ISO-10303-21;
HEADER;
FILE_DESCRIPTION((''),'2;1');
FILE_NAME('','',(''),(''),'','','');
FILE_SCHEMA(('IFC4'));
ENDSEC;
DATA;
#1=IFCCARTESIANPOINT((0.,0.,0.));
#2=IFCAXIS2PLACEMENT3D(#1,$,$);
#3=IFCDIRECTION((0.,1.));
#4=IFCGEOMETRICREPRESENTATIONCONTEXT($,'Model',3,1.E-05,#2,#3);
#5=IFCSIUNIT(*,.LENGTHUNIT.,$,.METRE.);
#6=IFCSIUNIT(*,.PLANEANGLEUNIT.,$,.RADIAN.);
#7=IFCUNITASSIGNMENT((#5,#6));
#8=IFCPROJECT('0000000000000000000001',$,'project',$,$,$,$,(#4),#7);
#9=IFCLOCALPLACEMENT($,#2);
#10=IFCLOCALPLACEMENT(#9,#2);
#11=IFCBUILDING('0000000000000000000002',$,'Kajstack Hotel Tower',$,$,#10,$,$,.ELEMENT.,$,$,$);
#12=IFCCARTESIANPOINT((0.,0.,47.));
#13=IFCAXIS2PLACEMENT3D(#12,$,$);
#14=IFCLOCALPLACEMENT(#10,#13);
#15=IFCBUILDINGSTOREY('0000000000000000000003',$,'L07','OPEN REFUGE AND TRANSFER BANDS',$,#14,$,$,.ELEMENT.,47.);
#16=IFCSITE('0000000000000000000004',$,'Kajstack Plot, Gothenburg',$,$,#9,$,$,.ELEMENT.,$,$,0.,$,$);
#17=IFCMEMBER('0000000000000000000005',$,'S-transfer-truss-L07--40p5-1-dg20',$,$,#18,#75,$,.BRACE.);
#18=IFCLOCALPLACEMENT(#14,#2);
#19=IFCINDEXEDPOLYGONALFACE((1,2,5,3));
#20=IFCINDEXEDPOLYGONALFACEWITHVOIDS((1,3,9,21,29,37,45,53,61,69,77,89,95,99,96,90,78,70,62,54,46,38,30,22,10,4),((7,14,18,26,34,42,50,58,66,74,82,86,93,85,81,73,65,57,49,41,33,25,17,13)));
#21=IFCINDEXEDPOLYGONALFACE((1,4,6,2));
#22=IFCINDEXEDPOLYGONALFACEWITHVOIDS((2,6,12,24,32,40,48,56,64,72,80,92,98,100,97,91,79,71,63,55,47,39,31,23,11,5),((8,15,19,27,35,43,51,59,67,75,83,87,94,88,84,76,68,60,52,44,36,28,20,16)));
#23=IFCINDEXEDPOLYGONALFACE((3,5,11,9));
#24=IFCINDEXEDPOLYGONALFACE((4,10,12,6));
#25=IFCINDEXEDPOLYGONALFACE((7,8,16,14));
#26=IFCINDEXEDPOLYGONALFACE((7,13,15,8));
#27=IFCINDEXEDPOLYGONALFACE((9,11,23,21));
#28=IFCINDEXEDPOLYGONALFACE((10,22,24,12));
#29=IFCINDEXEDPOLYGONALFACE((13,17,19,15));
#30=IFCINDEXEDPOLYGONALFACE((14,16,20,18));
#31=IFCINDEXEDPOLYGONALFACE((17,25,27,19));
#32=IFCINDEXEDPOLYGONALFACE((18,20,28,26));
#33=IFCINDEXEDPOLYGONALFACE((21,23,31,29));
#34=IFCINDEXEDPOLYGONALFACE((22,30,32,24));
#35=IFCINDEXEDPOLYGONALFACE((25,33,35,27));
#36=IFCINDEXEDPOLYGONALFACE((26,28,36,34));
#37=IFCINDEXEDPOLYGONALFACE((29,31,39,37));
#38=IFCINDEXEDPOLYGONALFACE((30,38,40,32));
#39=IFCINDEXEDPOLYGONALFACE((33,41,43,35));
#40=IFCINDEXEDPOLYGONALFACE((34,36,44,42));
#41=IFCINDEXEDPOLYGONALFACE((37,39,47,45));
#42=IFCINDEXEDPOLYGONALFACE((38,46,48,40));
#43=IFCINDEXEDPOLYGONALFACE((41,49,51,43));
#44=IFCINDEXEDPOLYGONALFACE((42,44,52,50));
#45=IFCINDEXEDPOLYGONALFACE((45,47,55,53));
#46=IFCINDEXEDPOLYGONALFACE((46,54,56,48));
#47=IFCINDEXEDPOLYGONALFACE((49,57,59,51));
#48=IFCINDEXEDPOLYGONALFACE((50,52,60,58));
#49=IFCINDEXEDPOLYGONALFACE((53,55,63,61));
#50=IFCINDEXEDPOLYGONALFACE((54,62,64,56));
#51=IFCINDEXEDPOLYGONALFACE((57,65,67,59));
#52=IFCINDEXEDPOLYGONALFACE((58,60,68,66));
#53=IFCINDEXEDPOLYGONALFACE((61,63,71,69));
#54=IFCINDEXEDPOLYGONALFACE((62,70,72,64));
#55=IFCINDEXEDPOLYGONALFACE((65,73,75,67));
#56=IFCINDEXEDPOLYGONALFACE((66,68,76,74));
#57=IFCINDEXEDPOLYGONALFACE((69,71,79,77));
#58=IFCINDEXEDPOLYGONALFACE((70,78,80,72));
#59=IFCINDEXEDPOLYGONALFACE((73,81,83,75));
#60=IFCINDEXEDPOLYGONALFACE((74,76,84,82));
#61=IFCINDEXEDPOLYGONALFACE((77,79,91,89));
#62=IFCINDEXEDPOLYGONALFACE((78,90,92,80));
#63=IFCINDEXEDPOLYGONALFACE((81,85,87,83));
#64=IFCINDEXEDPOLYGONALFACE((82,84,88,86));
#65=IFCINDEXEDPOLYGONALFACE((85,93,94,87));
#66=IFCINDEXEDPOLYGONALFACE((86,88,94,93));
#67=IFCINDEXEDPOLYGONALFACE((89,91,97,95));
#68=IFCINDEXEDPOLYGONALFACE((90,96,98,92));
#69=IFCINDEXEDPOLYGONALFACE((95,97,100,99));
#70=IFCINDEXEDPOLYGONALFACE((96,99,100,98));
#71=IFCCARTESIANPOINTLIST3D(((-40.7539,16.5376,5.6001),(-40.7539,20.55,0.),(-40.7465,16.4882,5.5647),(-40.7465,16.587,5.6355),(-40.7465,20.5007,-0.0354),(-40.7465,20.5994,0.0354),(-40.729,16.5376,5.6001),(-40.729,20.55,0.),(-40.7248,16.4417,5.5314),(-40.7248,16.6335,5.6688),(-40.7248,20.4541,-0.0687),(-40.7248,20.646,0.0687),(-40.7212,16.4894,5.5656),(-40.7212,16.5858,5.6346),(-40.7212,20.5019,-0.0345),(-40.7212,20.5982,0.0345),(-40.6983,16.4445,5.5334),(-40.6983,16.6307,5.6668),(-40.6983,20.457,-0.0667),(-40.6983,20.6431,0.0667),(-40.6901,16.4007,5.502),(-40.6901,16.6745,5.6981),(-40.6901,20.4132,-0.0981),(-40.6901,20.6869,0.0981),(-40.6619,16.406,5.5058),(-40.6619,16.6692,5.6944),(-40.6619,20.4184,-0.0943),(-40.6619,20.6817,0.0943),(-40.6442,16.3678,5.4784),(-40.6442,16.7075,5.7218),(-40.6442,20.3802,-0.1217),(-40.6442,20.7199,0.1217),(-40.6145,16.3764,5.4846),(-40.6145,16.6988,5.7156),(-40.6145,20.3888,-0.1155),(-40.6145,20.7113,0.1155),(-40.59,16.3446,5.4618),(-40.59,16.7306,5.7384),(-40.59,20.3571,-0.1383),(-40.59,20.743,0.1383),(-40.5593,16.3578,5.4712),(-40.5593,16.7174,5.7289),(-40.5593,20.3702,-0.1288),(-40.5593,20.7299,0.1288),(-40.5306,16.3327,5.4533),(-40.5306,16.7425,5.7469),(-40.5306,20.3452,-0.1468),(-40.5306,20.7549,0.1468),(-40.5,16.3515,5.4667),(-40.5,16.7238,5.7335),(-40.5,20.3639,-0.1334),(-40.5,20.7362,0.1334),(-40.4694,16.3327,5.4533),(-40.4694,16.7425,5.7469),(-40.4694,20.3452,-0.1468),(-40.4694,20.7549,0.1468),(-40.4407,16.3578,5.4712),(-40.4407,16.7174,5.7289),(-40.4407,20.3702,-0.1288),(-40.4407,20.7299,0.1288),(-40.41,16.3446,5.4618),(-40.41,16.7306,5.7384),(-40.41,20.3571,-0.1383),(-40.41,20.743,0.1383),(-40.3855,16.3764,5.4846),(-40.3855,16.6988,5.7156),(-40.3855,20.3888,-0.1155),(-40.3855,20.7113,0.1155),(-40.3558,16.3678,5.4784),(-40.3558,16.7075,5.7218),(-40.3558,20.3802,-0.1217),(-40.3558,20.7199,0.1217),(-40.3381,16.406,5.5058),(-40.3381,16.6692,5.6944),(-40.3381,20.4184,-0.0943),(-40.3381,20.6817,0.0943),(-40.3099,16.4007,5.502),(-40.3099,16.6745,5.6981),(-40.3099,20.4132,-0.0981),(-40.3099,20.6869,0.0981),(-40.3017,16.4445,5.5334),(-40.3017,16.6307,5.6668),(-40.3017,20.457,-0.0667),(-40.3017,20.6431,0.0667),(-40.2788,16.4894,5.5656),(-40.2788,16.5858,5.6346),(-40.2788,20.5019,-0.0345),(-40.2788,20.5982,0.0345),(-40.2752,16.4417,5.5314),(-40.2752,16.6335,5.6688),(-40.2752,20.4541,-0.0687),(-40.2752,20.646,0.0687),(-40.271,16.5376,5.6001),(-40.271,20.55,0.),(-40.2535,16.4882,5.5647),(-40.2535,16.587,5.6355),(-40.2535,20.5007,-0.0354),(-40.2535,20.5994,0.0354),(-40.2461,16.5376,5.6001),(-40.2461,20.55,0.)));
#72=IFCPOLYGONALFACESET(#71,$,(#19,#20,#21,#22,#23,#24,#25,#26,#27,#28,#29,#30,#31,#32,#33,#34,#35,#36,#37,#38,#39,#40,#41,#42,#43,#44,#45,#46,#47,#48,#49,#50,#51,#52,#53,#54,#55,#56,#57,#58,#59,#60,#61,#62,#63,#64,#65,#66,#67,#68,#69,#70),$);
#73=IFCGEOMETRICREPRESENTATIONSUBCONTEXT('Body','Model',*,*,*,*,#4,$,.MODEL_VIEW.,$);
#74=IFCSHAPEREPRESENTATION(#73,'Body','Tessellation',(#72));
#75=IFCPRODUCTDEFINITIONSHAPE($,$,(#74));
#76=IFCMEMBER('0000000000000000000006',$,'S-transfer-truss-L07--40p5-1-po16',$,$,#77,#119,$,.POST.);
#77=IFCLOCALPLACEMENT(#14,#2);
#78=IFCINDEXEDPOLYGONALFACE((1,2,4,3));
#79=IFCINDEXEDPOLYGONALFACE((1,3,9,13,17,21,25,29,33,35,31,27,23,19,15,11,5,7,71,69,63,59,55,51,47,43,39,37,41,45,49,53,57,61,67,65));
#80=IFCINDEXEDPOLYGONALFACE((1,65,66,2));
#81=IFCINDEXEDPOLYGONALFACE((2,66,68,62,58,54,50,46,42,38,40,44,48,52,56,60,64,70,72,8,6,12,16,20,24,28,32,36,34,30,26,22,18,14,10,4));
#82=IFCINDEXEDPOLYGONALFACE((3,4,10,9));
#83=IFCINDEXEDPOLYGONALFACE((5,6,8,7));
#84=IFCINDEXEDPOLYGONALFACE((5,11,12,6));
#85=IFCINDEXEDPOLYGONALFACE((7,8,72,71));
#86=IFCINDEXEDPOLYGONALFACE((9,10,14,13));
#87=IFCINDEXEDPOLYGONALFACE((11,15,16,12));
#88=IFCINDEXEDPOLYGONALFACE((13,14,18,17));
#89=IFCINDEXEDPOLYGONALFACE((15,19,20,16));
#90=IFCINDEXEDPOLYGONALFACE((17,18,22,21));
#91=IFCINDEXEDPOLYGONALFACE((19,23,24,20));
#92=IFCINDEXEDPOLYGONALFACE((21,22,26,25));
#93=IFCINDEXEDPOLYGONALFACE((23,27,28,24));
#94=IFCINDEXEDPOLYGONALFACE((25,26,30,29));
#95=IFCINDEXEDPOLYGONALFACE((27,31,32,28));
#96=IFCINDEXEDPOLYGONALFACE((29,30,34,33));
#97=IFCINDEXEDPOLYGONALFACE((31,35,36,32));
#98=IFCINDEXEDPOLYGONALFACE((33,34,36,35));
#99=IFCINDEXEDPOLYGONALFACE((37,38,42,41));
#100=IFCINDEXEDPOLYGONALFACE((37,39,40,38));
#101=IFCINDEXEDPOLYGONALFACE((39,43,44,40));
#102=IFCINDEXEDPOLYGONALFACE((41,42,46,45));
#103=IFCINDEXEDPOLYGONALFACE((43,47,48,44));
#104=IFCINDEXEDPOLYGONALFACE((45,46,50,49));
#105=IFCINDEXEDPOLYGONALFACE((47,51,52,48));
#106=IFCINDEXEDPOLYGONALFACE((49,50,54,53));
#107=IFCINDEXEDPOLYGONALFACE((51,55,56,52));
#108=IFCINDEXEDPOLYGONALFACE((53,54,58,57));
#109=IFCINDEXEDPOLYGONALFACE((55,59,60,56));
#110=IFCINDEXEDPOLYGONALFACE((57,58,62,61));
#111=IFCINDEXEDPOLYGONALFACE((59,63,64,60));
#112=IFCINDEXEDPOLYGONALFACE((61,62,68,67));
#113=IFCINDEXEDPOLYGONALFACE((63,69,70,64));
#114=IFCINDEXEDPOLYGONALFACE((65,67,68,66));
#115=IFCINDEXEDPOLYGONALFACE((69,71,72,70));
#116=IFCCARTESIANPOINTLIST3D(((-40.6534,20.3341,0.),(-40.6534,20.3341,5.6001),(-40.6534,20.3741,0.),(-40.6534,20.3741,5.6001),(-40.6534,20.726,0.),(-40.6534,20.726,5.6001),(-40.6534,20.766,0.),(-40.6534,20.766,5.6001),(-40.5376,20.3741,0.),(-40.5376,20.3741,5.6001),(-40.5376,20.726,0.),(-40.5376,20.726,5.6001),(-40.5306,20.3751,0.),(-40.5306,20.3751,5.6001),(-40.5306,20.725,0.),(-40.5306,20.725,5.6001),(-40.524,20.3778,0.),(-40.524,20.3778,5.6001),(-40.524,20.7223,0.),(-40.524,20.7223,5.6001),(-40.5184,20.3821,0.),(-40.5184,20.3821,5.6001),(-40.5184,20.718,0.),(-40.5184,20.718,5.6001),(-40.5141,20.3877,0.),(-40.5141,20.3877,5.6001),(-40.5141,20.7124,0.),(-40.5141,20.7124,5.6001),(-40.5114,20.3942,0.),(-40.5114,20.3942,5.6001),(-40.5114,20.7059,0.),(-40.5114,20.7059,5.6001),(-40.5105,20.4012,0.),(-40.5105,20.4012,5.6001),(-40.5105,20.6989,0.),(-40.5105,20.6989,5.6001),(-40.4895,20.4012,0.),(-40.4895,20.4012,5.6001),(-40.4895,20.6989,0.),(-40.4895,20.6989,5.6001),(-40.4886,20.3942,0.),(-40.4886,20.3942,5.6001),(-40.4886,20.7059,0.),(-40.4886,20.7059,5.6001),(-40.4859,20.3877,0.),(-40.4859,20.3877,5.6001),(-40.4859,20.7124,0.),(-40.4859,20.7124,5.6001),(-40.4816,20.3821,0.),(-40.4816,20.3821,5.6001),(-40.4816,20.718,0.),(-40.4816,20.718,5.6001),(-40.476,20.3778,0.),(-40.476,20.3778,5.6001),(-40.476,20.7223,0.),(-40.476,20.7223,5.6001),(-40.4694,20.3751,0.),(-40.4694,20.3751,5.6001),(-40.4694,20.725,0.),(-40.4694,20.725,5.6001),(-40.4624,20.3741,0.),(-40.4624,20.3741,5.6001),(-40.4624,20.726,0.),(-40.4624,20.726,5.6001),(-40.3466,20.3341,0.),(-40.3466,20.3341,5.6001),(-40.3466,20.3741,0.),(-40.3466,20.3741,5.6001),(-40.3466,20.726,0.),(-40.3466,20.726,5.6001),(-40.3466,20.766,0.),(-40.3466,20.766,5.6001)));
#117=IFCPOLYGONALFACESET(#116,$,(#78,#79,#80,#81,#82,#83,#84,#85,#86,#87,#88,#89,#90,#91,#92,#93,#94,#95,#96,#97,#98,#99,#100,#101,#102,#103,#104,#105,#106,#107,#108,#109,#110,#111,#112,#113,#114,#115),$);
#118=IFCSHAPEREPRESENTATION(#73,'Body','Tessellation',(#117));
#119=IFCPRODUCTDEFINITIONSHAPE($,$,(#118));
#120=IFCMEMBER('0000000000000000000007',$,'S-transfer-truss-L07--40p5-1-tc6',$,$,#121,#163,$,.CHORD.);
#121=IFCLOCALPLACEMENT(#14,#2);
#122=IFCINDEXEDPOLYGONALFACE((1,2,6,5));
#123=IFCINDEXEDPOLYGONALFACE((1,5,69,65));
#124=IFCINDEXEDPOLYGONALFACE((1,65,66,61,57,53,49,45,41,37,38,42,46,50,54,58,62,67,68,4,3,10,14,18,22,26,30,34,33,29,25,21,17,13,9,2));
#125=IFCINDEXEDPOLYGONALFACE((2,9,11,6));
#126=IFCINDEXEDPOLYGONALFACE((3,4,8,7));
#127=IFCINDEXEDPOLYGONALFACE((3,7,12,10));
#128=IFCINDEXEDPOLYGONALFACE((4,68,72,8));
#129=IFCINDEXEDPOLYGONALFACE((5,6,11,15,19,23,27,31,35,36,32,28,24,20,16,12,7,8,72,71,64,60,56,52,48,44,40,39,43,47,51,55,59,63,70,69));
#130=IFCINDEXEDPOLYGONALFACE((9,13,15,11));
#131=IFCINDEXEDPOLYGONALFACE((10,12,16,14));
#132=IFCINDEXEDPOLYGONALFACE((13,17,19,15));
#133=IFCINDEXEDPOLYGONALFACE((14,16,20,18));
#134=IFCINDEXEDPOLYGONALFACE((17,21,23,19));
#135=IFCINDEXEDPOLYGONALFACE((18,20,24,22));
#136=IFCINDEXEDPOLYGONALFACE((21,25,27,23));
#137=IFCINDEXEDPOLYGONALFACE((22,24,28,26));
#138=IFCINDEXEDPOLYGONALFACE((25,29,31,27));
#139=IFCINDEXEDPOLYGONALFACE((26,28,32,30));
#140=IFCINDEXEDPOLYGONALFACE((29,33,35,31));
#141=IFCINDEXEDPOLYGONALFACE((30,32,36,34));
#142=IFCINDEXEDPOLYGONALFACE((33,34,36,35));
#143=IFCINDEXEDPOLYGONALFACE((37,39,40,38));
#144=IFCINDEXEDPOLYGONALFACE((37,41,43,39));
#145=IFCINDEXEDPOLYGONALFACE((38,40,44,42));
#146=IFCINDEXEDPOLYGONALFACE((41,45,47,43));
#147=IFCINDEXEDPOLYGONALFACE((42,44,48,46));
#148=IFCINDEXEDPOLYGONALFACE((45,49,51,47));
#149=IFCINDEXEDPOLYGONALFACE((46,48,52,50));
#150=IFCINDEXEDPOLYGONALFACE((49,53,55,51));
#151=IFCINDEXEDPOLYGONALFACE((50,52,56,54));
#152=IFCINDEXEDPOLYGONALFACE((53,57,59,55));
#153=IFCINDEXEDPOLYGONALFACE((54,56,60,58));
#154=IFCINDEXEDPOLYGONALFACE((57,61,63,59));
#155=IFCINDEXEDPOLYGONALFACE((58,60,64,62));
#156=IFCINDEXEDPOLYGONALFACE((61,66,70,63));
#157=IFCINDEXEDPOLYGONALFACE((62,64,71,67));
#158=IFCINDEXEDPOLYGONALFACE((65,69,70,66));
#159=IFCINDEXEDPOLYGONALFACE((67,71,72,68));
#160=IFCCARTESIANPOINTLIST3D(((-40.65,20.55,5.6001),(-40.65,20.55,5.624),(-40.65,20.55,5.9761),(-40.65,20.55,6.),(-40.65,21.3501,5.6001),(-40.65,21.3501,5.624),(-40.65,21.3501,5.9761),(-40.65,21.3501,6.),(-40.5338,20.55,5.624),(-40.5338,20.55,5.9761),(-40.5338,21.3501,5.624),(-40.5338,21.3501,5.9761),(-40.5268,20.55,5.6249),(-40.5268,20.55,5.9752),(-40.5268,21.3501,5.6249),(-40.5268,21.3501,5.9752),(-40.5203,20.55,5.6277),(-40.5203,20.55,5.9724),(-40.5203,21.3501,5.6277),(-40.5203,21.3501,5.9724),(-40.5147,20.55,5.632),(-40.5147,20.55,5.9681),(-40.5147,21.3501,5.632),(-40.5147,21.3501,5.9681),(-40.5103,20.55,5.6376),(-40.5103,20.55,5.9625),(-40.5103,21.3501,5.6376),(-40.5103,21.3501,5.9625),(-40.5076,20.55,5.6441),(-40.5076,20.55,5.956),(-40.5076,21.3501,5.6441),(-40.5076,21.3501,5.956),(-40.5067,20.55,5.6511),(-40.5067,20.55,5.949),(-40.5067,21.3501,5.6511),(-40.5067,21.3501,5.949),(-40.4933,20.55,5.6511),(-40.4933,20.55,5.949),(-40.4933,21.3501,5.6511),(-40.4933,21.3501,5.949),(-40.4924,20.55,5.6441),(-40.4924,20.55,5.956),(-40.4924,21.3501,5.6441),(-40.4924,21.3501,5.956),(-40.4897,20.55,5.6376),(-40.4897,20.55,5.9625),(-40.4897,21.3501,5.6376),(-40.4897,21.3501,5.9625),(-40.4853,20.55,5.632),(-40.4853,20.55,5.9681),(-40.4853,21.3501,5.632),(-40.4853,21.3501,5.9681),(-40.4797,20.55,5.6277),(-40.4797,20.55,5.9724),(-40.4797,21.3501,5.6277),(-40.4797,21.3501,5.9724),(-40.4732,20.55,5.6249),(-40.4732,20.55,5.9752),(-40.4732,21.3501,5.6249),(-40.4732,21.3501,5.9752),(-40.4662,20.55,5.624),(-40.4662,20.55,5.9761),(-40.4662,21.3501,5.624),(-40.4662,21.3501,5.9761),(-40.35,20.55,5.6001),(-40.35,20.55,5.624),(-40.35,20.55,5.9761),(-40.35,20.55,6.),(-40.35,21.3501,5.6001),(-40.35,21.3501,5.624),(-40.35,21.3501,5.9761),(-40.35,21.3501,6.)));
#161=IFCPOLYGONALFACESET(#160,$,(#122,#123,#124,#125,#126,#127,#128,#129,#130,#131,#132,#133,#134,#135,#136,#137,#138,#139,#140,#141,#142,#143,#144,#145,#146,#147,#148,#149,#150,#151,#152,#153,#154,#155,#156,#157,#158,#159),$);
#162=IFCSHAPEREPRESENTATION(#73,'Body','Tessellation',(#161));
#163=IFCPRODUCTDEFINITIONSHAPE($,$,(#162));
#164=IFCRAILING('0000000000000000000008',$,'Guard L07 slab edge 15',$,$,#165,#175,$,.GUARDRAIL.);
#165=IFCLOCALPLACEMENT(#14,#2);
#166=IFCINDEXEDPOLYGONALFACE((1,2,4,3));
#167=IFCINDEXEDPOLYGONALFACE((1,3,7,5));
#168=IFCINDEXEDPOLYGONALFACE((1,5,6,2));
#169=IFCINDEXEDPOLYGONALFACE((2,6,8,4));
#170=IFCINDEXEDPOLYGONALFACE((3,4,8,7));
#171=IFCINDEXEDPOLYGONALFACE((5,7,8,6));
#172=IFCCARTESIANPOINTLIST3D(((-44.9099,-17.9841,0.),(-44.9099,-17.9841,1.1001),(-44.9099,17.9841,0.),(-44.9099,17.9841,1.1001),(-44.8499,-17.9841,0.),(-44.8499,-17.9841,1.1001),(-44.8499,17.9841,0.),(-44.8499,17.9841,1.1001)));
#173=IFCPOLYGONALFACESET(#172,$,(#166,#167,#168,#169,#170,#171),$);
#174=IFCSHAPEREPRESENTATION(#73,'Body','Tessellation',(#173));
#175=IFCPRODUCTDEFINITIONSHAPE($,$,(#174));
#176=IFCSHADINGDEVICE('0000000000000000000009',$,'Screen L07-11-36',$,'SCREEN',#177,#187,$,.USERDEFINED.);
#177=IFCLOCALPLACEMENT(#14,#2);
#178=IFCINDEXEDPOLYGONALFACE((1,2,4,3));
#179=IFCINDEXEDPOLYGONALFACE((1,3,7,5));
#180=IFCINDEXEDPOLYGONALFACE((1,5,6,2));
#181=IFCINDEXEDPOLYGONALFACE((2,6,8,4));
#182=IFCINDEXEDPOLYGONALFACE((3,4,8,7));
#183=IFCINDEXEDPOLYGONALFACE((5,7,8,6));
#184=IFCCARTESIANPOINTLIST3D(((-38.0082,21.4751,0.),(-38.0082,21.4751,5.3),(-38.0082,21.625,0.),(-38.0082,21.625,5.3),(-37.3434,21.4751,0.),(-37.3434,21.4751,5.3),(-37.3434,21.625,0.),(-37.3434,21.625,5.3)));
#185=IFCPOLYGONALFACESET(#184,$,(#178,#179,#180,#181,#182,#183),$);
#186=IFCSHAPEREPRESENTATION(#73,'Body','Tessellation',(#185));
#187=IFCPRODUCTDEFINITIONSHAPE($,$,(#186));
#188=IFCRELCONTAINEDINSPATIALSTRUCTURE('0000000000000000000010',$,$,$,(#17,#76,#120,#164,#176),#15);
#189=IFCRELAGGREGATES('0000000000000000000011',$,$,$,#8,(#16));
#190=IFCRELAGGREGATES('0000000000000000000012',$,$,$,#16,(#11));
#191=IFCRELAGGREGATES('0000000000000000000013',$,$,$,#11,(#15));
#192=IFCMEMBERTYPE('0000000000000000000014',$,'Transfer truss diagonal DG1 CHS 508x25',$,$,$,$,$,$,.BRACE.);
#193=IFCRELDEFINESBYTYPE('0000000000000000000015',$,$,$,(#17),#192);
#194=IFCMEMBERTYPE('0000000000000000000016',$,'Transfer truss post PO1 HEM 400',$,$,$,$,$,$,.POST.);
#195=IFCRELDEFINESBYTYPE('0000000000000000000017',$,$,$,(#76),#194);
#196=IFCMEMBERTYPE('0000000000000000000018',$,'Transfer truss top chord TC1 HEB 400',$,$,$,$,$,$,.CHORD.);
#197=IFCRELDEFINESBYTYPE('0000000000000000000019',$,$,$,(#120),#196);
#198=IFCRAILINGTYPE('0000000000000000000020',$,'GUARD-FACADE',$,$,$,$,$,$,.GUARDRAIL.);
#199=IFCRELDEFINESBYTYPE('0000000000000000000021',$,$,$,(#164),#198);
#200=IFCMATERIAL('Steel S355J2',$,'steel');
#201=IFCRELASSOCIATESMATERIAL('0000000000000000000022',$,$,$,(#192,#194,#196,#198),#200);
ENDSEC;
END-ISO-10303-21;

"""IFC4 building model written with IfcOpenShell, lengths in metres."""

from ifc_helpers import new_model, si_unit, direction, frame, origin, origin_2d, place, context, subcontext, project, spatial, polyline, rectangle, hollow_circle, i_section, outline, extrude, material, material_profile, profile_set, type_object, element, save


model = new_model("IFC4")

# Units and contexts
model_context = context("Model", 3, precision=1e-05, world=origin(), true_north=direction((0.0, 1.0)))
body_context = subcontext(model_context, "Body", "Model", "MODEL_VIEW")
ifc_project = project(units=[si_unit("LENGTHUNIT", "METRE"), si_unit("PLANEANGLEUNIT", "RADIAN")], contexts=[model_context])

# Site, building, storey
site_placement = place(None, origin())
site = spatial("IfcSite", under=ifc_project, at=site_placement, Name="Kajstack Plot, Gothenburg", CompositionType="ELEMENT", RefElevation=0.0)
building_placement = place(site_placement, origin())
building = spatial("IfcBuilding", under=site, at=building_placement, Name="Kajstack Hotel Tower", CompositionType="ELEMENT")
storey_placement = place(building_placement, frame((0.0, 0.0, 47.0)))
storey = spatial("IfcBuildingStorey", under=building, at=storey_placement, Name="L07", Description="OPEN REFUGE AND TRANSFER BANDS", CompositionType="ELEMENT", Elevation=47.0)

# Members
ifc_material = material(Name="Steel S355J2", Category="steel")
ifc_material_profile_1 = material_profile(ifc_material, hollow_circle(Radius=0.2539, WallThickness=0.0249, at=origin_2d()), Name="CHS 508x25")
ifc_profile_set_1 = profile_set([ifc_material_profile_1], Name="Steel S355J2")
member_type_1 = type_object("IfcMemberType", Name="Transfer truss diagonal DG1 CHS 508x25", PredefinedType="BRACE", material=ifc_profile_set_1)
member_1_placement = place(storey_placement, frame((-40.5, 20.55, 0.0), z_axis=(0.0, -0.582428, 0.812883), x_axis=(1.0, 0.0, 0.0)))
element("IfcMember", 1, at=member_1_placement, inside=storey, type_object=member_type_1, Name="S-transfer-truss-L07--40p5-1-dg20", PredefinedType="BRACE", context=body_context, shape_type="SweptSolid", body=[
    extrude(hollow_circle(Radius=0.2539, WallThickness=0.0249, at=origin_2d()), origin(), (0.0, 0.0, 1.0), 6.8892),
])
ifc_material_profile_2 = material_profile(ifc_material, i_section(OverallWidth=0.3069, OverallDepth=0.4319, WebThickness=0.021, FlangeThickness=0.04, FilletRadius=0.0271, at=origin_2d()), Name="HEM 400")
ifc_profile_set_2 = profile_set([ifc_material_profile_2], Name="Steel S355J2")
member_type_2 = type_object("IfcMemberType", Name="Transfer truss post PO1 HEM 400", PredefinedType="POST", material=ifc_profile_set_2)
member_2_placement = place(storey_placement, frame((-40.5, 20.55, 0.0), z_axis=(0.0, 0.0, 1.0), x_axis=(1.0, 0.0, 0.0)))
element("IfcMember", 2, at=member_2_placement, inside=storey, type_object=member_type_2, Name="S-transfer-truss-L07--40p5-1-po16", PredefinedType="POST", context=body_context, shape_type="SweptSolid", body=[
    extrude(i_section(OverallWidth=0.3069, OverallDepth=0.4319, WebThickness=0.021, FlangeThickness=0.04, FilletRadius=0.0271, at=origin_2d()), origin(), (0.0, 0.0, 1.0), 5.6001),
])
ifc_material_profile_3 = material_profile(ifc_material, i_section(OverallWidth=0.3, OverallDepth=0.3999, WebThickness=0.0134, FlangeThickness=0.0239, FilletRadius=0.0271, at=origin_2d()), Name="HEB 400")
ifc_profile_set_3 = profile_set([ifc_material_profile_3], Name="Steel S355J2")
member_type_3 = type_object("IfcMemberType", Name="Transfer truss top chord TC1 HEB 400", PredefinedType="CHORD", material=ifc_profile_set_3)
member_3_placement = place(storey_placement, frame((-40.5, 20.55, 5.8), z_axis=(0.0, 1.0, 0.0), x_axis=(-1.0, 0.0, 0.0)))
element("IfcMember", 3, at=member_3_placement, inside=storey, type_object=member_type_3, Name="S-transfer-truss-L07--40p5-1-tc6", PredefinedType="CHORD", context=body_context, shape_type="SweptSolid", body=[
    extrude(i_section(OverallWidth=0.3, OverallDepth=0.3999, WebThickness=0.0134, FlangeThickness=0.0239, FilletRadius=0.0271, at=origin_2d()), origin(), (0.0, 0.0, 1.0), 0.8),
])

# Railing
railing_type = type_object("IfcRailingType", Name="GUARD-FACADE", PredefinedType="GUARDRAIL", material=ifc_material)
railing_1_placement = place(storey_placement, frame((-44.8799, 17.9841, 0.0)))
element("IfcRailing", 4, at=railing_1_placement, inside=storey, type_object=railing_type, Name="Guard L07 slab edge 15", PredefinedType="GUARDRAIL", context=body_context, shape_type="SweptSolid", body=[
    extrude(outline(polyline([(0.03, -35.9683), (-0.03, -35.9683), (-0.03, 0.0), (0.03, 0.0), (0.03, -35.9683)])), origin(), (0.0, 0.0, 1.0), 1.1001),
])

# Shading device
for number, where, z_axis, x_axis, name in (
    (5, (-37.6758, 21.55, 0.0), (0.0, 0.0, 1.0), (-1.0, 0.0, 0.0), "Screen L07-11-36"),
):
    element("IfcShadingDevice", number, at=place(storey_placement, frame(where, z_axis=z_axis, x_axis=x_axis)), inside=storey, Name=name, ObjectType="SCREEN", PredefinedType="USERDEFINED", context=body_context, shape_type="SweptSolid", body=[
        extrude(rectangle(XDim=0.6648, YDim=0.1499, at=origin_2d()), origin(), (0.0, 0.0, 1.0), 5.3),
    ])

save(model, "model.ifc")
